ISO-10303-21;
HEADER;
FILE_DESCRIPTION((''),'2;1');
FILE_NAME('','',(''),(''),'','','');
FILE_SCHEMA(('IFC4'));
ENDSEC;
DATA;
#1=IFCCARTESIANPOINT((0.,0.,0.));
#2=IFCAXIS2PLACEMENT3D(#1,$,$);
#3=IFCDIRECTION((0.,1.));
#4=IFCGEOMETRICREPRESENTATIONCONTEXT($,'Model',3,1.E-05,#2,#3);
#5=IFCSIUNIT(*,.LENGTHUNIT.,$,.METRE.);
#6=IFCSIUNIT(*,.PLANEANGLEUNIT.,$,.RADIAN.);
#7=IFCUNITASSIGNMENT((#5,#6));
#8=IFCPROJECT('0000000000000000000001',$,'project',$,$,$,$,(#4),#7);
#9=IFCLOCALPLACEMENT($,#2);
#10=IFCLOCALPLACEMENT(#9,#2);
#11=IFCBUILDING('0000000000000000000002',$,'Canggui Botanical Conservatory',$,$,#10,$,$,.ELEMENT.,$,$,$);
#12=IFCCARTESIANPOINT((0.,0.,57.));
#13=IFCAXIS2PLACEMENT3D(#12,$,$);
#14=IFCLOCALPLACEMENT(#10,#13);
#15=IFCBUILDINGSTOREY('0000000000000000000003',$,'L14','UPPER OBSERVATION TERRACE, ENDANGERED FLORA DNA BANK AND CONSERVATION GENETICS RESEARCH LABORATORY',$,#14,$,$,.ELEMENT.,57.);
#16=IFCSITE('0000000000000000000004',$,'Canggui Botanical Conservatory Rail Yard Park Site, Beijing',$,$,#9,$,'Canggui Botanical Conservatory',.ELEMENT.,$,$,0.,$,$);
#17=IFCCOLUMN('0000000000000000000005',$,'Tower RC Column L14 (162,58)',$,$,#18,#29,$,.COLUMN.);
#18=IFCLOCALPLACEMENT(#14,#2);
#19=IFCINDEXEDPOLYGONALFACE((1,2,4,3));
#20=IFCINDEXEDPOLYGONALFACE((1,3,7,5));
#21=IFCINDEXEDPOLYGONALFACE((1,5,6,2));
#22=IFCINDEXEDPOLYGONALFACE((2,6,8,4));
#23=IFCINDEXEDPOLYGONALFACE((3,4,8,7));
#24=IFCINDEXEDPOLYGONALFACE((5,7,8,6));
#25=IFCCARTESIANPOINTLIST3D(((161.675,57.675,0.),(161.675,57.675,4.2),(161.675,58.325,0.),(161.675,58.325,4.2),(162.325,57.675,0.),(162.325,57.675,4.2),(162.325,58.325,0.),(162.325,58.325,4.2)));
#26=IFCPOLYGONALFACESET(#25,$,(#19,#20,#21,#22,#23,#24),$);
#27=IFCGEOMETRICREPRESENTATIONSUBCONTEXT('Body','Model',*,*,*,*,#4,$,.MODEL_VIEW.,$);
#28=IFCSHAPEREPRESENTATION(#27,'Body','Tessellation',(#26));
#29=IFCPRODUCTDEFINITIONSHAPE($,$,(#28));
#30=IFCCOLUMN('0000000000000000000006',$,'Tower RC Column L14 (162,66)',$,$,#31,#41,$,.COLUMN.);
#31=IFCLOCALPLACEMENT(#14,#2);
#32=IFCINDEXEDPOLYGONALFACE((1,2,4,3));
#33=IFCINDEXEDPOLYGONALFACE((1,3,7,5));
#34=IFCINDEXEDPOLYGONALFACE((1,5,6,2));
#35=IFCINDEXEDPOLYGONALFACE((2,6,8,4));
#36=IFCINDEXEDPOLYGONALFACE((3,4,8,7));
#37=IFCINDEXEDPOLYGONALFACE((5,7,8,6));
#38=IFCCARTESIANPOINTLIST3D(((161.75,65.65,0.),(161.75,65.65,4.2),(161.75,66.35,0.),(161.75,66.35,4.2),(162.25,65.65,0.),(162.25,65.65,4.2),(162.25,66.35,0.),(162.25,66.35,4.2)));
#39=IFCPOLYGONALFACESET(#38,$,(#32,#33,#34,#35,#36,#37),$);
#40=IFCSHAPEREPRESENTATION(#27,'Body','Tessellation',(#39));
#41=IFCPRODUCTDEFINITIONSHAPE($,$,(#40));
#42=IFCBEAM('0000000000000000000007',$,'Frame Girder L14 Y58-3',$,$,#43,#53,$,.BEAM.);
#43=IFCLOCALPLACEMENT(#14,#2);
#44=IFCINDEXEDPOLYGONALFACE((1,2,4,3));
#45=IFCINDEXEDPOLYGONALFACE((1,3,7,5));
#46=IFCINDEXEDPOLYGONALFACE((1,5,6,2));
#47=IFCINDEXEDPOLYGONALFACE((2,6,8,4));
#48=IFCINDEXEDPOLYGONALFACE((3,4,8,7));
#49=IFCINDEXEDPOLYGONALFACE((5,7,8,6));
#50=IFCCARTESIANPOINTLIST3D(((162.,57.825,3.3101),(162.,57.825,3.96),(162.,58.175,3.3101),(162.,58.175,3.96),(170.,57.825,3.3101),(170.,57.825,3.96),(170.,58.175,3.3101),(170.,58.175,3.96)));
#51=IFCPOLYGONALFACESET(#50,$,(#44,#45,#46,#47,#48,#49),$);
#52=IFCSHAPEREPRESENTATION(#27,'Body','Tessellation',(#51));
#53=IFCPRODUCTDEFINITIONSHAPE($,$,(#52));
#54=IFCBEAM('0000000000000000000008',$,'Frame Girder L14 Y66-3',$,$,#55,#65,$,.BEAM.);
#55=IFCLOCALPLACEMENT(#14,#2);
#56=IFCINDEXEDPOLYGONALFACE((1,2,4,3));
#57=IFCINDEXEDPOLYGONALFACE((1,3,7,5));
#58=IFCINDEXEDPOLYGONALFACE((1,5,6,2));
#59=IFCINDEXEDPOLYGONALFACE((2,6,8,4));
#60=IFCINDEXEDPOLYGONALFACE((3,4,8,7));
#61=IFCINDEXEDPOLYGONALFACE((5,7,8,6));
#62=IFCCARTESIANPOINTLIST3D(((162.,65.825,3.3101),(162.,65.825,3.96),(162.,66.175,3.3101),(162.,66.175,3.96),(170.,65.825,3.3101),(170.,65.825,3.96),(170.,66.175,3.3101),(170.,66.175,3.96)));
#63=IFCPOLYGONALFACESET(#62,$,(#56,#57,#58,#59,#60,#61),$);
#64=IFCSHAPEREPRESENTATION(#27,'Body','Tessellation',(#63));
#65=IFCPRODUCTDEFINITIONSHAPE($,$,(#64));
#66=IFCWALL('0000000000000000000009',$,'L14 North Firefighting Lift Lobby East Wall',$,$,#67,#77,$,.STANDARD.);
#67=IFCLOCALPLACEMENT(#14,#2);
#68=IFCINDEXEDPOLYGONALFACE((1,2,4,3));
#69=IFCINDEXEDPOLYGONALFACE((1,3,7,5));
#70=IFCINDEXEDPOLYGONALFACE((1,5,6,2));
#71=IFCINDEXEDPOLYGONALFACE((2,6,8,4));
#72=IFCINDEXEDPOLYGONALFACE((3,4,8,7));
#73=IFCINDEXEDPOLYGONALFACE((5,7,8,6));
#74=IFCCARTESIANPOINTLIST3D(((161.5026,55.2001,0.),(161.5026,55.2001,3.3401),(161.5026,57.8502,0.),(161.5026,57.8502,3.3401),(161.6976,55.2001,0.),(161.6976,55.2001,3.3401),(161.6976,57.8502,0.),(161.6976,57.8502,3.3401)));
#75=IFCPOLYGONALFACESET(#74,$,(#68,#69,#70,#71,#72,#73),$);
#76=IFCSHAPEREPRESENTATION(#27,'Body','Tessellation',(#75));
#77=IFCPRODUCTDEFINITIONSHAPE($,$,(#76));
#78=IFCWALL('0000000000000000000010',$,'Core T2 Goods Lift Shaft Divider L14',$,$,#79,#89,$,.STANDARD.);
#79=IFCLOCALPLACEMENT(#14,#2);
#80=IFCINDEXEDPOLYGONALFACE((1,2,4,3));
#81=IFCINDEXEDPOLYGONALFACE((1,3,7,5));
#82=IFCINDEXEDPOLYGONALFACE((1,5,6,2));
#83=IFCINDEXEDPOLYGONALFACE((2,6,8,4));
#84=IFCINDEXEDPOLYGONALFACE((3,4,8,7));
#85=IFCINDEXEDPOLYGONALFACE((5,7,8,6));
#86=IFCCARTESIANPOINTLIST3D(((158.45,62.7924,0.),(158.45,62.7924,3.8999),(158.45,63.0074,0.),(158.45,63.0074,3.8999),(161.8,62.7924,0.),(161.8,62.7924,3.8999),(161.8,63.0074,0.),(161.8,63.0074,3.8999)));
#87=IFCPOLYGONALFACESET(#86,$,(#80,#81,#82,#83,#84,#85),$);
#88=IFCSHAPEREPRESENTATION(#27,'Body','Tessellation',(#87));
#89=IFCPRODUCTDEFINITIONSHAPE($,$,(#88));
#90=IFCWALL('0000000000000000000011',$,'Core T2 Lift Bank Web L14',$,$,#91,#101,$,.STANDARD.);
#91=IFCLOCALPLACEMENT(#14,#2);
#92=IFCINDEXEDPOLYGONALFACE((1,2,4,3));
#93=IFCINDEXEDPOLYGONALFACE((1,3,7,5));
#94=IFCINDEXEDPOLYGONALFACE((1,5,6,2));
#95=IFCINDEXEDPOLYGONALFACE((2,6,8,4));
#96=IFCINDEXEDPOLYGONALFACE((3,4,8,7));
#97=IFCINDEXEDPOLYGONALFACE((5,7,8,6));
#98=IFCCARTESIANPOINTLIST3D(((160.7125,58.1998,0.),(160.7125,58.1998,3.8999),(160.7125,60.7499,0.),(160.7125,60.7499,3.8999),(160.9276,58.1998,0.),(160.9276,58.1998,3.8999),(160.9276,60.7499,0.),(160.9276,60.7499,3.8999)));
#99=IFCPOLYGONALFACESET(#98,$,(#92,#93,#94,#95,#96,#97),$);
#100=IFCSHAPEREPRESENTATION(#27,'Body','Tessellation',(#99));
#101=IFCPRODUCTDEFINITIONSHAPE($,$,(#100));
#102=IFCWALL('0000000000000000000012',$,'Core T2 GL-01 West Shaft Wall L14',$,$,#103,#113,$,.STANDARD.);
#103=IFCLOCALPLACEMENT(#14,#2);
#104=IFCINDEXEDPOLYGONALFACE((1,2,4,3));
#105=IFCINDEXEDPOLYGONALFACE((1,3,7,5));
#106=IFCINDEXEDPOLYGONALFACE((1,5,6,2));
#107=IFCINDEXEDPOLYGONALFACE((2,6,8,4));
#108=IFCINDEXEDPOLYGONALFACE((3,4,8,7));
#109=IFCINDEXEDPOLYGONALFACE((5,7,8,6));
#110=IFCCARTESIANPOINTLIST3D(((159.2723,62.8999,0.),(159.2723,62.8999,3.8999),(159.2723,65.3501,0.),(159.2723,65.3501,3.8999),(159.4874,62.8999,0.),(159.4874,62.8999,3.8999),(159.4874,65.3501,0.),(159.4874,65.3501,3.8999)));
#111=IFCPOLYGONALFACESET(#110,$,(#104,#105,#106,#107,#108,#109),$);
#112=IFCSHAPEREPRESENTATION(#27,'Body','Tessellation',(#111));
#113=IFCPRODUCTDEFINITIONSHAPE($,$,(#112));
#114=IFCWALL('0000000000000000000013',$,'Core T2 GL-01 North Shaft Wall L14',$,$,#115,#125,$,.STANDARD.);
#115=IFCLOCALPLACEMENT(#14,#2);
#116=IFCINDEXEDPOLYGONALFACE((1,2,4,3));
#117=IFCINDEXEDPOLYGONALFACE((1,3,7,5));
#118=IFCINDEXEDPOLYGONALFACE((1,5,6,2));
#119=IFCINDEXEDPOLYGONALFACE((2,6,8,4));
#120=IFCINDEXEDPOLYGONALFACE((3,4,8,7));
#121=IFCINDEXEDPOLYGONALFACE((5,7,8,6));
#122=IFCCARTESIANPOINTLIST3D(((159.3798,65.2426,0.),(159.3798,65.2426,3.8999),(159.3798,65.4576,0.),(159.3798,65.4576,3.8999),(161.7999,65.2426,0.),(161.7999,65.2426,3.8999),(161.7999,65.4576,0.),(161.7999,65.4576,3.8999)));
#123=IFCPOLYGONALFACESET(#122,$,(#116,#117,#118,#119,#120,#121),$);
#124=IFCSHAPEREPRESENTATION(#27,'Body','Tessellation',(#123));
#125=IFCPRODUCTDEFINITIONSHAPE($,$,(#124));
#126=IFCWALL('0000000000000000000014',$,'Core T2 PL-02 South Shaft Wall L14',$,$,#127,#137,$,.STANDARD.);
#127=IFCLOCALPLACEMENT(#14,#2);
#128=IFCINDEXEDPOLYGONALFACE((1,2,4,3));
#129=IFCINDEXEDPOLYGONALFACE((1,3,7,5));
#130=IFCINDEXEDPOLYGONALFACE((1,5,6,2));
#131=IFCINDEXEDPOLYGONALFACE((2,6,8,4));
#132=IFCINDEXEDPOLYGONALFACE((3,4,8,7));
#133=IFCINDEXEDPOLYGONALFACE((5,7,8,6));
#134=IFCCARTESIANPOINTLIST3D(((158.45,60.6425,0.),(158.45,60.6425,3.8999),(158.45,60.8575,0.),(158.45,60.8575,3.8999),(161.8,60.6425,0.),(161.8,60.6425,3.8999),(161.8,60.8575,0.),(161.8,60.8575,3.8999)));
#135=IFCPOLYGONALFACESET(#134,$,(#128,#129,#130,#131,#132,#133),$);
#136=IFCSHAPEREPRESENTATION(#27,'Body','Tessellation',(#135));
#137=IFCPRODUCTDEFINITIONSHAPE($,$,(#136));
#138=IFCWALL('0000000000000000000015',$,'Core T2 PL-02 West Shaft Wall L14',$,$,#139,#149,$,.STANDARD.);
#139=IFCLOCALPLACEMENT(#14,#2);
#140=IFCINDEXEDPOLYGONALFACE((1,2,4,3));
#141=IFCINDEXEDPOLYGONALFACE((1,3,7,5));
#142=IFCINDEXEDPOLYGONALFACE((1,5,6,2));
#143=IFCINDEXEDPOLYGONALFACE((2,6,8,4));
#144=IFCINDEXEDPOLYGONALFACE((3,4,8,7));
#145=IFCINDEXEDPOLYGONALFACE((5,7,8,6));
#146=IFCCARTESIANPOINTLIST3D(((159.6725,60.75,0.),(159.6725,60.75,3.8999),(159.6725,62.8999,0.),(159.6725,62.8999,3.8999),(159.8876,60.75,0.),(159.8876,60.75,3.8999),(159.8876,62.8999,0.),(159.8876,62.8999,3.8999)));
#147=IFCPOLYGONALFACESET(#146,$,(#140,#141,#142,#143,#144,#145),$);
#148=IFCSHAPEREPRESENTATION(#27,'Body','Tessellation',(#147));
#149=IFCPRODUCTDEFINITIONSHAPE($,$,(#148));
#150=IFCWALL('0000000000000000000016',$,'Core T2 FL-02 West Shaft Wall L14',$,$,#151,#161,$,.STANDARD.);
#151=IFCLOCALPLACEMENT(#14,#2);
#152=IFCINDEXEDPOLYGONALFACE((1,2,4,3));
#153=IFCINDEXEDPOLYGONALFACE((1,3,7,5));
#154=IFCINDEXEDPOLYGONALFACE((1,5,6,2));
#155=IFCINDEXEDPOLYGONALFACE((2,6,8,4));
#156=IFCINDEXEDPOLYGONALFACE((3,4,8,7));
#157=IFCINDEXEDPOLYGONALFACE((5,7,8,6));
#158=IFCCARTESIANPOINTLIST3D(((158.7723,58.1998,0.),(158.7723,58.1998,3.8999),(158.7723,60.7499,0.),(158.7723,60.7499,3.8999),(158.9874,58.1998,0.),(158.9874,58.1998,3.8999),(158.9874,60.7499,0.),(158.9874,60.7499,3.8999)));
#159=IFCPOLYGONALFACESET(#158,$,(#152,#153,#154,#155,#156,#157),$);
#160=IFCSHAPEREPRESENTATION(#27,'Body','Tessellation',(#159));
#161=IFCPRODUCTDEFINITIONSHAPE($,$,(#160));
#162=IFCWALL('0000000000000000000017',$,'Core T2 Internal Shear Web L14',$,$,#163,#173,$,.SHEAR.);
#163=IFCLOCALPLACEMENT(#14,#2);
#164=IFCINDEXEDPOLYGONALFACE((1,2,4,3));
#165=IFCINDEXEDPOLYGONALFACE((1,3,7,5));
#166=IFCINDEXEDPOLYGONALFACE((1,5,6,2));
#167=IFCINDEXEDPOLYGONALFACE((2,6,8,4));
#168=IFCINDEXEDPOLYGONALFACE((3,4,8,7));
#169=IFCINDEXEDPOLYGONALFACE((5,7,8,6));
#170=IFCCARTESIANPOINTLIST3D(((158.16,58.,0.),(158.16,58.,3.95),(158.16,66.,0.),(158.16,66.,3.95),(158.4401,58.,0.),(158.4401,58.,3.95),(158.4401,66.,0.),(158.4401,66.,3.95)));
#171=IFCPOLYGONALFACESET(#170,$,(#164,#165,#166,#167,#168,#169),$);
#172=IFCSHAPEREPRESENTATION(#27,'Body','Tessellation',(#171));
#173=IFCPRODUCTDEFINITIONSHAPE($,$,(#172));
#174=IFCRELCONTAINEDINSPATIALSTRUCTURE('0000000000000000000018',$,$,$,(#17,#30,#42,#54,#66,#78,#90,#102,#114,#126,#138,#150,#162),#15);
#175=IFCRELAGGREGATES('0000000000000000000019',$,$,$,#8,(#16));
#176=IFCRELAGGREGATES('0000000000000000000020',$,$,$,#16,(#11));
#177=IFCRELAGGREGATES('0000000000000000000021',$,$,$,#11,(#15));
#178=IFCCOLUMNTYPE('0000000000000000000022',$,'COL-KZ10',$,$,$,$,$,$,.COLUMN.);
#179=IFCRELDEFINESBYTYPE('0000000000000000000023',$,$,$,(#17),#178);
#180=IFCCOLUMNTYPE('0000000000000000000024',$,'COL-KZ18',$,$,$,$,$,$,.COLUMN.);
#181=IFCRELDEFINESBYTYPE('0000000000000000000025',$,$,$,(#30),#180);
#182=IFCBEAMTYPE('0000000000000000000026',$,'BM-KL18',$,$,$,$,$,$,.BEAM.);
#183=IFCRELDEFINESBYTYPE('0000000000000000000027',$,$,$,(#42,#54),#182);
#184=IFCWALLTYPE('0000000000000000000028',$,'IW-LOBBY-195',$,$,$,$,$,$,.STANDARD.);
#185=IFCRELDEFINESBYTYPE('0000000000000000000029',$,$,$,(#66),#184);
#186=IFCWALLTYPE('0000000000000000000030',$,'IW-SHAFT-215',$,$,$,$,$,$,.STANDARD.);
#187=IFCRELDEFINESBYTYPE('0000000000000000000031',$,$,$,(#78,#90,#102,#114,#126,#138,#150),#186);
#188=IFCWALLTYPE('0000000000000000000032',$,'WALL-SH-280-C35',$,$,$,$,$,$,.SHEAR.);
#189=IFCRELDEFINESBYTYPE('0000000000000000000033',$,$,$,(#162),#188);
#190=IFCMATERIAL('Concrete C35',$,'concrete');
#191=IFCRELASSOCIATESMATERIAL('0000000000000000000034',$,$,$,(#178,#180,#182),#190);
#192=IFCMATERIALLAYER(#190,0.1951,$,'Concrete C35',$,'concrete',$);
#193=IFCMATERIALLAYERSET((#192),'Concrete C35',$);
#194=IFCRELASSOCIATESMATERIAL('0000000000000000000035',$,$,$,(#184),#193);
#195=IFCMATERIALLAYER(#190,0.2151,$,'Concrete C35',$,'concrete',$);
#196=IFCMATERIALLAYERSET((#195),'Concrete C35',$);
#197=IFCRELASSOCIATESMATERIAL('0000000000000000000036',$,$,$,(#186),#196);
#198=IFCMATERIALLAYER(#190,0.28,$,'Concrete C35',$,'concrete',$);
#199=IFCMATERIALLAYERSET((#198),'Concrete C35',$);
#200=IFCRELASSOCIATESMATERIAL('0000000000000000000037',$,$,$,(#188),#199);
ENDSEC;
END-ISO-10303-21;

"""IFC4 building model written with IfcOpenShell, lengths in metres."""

from ifc_helpers import new_model, si_unit, direction, frame, frame_2d, origin, origin_2d, place, context, subcontext, project, spatial, rectangle, extrude, material, layer, layer_set, material_profile, profile_set, type_object, element, save


model = new_model("IFC4")

# Units and contexts
model_context = context("Model", 3, precision=1e-05, world=origin(), true_north=direction((0.0, 1.0)))
body_context = subcontext(model_context, "Body", "Model", "MODEL_VIEW")
ifc_project = project(units=[si_unit("LENGTHUNIT", "METRE"), si_unit("PLANEANGLEUNIT", "RADIAN")], contexts=[model_context])

# Site, building, storey
site_placement = place(None, origin())
site = spatial("IfcSite", under=ifc_project, at=site_placement, Name="Canggui Botanical Conservatory Rail Yard Park Site, Beijing", LongName="Canggui Botanical Conservatory", CompositionType="ELEMENT", RefElevation=0.0)
building_placement = place(site_placement, origin())
building = spatial("IfcBuilding", under=site, at=building_placement, Name="Canggui Botanical Conservatory", CompositionType="ELEMENT")
storey_placement = place(building_placement, frame((0.0, 0.0, 57.0)))
storey = spatial("IfcBuildingStorey", under=building, at=storey_placement, Name="L14", Description="UPPER OBSERVATION TERRACE, ENDANGERED FLORA DNA BANK AND CONSERVATION GENETICS RESEARCH LABORATORY", CompositionType="ELEMENT", Elevation=57.0)

# Columns
ifc_material_1 = material(Name="Concrete C35", Category="concrete")
ifc_material_profile_1 = material_profile(ifc_material_1, rectangle(XDim=0.6499, YDim=0.6499, at=origin_2d()), Name="RC 650x650")
ifc_profile_set_1 = profile_set([ifc_material_profile_1], Name="Concrete C35")
column_type_1 = type_object("IfcColumnType", Name="COL-KZ10", PredefinedType="COLUMN", material=ifc_profile_set_1)
column_1_placement = place(storey_placement, frame((162.0, 58.0, 0.0), z_axis=(0.0, 0.0, 1.0), x_axis=(1.0, 0.0, 0.0)))
element("IfcColumn", 1, at=column_1_placement, inside=storey, type_object=column_type_1, Name="Tower RC Column L14 (162,58)", PredefinedType="COLUMN", context=body_context, shape_type="SweptSolid", body=[
    extrude(rectangle(XDim=0.6499, YDim=0.6499, at=origin_2d()), origin(), (0.0, 0.0, 1.0), 4.2),
])
ifc_material_profile_2 = material_profile(ifc_material_1, rectangle(XDim=0.5, YDim=0.7, at=origin_2d()), Name="RC 500x700")
ifc_profile_set_2 = profile_set([ifc_material_profile_2], Name="Concrete C35")
column_type_2 = type_object("IfcColumnType", Name="COL-KZ18", PredefinedType="COLUMN", material=ifc_profile_set_2)
column_2_placement = place(storey_placement, frame((162.0, 66.0, 0.0), z_axis=(0.0, 0.0, 1.0), x_axis=(1.0, 0.0, 0.0)))
element("IfcColumn", 2, at=column_2_placement, inside=storey, type_object=column_type_2, Name="Tower RC Column L14 (162,66)", PredefinedType="COLUMN", context=body_context, shape_type="SweptSolid", body=[
    extrude(rectangle(XDim=0.5, YDim=0.7, at=origin_2d()), origin(), (0.0, 0.0, 1.0), 4.2),
])

# Beams
ifc_material_profile_3 = material_profile(ifc_material_1, rectangle(XDim=0.3501, YDim=0.6499, at=origin_2d()), Name="RB 350x650")
ifc_profile_set_3 = profile_set([ifc_material_profile_3], Name="Concrete C35")
beam_type = type_object("IfcBeamType", Name="BM-KL18", PredefinedType="BEAM", material=ifc_profile_set_3)
for number, where, z_axis, x_axis, name in (
    (3, (162.0, 58.0, 3.635), (1.0, 0.0, 0.0), (0.0, 1.0, 0.0), "Frame Girder L14 Y58-3"),
    (4, (162.0, 66.0, 3.635), (1.0, 0.0, 0.0), (0.0, 1.0, 0.0), "Frame Girder L14 Y66-3"),
):
    element("IfcBeam", number, at=place(storey_placement, frame(where, z_axis=z_axis, x_axis=x_axis)), inside=storey, type_object=beam_type, Name=name, PredefinedType="BEAM", context=body_context, shape_type="SweptSolid", body=[
        extrude(rectangle(XDim=0.3501, YDim=0.6499, at=origin_2d()), origin(), (0.0, 0.0, 1.0), 8.0),
    ])

# Walls
ifc_layer_1 = layer(ifc_material_1, 0.1951, Name="Concrete C35", Category="concrete")
ifc_layer_set_1 = layer_set([ifc_layer_1], Name="Concrete C35")
wall_type_1 = type_object("IfcWallType", Name="IW-LOBBY-195", PredefinedType="STANDARD", material=ifc_layer_set_1)
wall_1_placement = place(storey_placement, frame((161.6001, 55.2, 0.0), z_axis=(0.0, 0.0, 1.0), x_axis=(0.0, 1.0, 0.0)))
element("IfcWall", 5, at=wall_1_placement, inside=storey, type_object=wall_type_1, Name="L14 North Firefighting Lift Lobby East Wall", PredefinedType="STANDARD", context=body_context, shape_type="SweptSolid", body=[
    extrude(rectangle(XDim=2.6501, YDim=0.1951, at=frame_2d((1.3252, 0.0))), origin(), (0.0, 0.0, 1.0), 3.3401),
])
ifc_layer_2 = layer(ifc_material_1, 0.2151, Name="Concrete C35", Category="concrete")
ifc_layer_set_2 = layer_set([ifc_layer_2], Name="Concrete C35")
wall_type_2 = type_object("IfcWallType", Name="IW-SHAFT-215", PredefinedType="STANDARD", material=ifc_layer_set_2)
wall_2_placement = place(storey_placement, frame((158.45, 62.8999, 0.0), z_axis=(0.0, 0.0, 1.0), x_axis=(1.0, 0.0, 0.0)))
element("IfcWall", 6, at=wall_2_placement, inside=storey, type_object=wall_type_2, Name="Core T2 Goods Lift Shaft Divider L14", PredefinedType="STANDARD", context=body_context, shape_type="SweptSolid", body=[
    extrude(rectangle(XDim=3.3501, YDim=0.2151, at=frame_2d((1.675, 0.0))), origin(), (0.0, 0.0, 1.0), 3.8999),
])
wall_3_placement = place(storey_placement, frame((160.8201, 58.2, 0.0), z_axis=(0.0, 0.0, 1.0), x_axis=(0.0, 1.0, 0.0)))
element("IfcWall", 7, at=wall_3_placement, inside=storey, type_object=wall_type_2, Name="Core T2 Lift Bank Web L14", PredefinedType="STANDARD", context=body_context, shape_type="SweptSolid", body=[
    extrude(rectangle(XDim=2.55, YDim=0.2151, at=frame_2d((1.2749, 0.0))), origin(), (0.0, 0.0, 1.0), 3.8999),
])
wall_4_placement = place(storey_placement, frame((159.3799, 62.8999, 0.0), z_axis=(0.0, 0.0, 1.0), x_axis=(0.0, 1.0, 0.0)))
element("IfcWall", 8, at=wall_4_placement, inside=storey, type_object=wall_type_2, Name="Core T2 GL-01 West Shaft Wall L14", PredefinedType="STANDARD", context=body_context, shape_type="SweptSolid", body=[
    extrude(rectangle(XDim=2.4502, YDim=0.2151, at=frame_2d((1.2251, 0.0))), origin(), (0.0, 0.0, 1.0), 3.8999),
])
wall_5_placement = place(storey_placement, frame((159.3799, 65.3501, 0.0), z_axis=(0.0, 0.0, 1.0), x_axis=(1.0, 0.0, 0.0)))
element("IfcWall", 9, at=wall_5_placement, inside=storey, type_object=wall_type_2, Name="Core T2 GL-01 North Shaft Wall L14", PredefinedType="STANDARD", context=body_context, shape_type="SweptSolid", body=[
    extrude(rectangle(XDim=2.4202, YDim=0.2151, at=frame_2d((1.21, 0.0))), origin(), (0.0, 0.0, 1.0), 3.8999),
])
wall_6_placement = place(storey_placement, frame((158.45, 60.75, 0.0), z_axis=(0.0, 0.0, 1.0), x_axis=(1.0, 0.0, 0.0)))
element("IfcWall", 10, at=wall_6_placement, inside=storey, type_object=wall_type_2, Name="Core T2 PL-02 South Shaft Wall L14", PredefinedType="STANDARD", context=body_context, shape_type="SweptSolid", body=[
    extrude(rectangle(XDim=3.3501, YDim=0.2151, at=frame_2d((1.675, 0.0))), origin(), (0.0, 0.0, 1.0), 3.8999),
])
wall_7_placement = place(storey_placement, frame((159.78, 60.75, 0.0), z_axis=(0.0, 0.0, 1.0), x_axis=(0.0, 1.0, 0.0)))
element("IfcWall", 11, at=wall_7_placement, inside=storey, type_object=wall_type_2, Name="Core T2 PL-02 West Shaft Wall L14", PredefinedType="STANDARD", context=body_context, shape_type="SweptSolid", body=[
    extrude(rectangle(XDim=2.1499, YDim=0.2151, at=frame_2d((1.075, 0.0))), origin(), (0.0, 0.0, 1.0), 3.8999),
])
wall_8_placement = place(storey_placement, frame((158.8799, 58.2, 0.0), z_axis=(0.0, 0.0, 1.0), x_axis=(0.0, 1.0, 0.0)))
element("IfcWall", 12, at=wall_8_placement, inside=storey, type_object=wall_type_2, Name="Core T2 FL-02 West Shaft Wall L14", PredefinedType="STANDARD", context=body_context, shape_type="SweptSolid", body=[
    extrude(rectangle(XDim=2.55, YDim=0.2151, at=frame_2d((1.2749, 0.0))), origin(), (0.0, 0.0, 1.0), 3.8999),
])
ifc_layer_3 = layer(ifc_material_1, 0.28, Name="Concrete C35", Category="concrete")
ifc_layer_set_3 = layer_set([ifc_layer_3], Name="Concrete C35")
wall_type_3 = type_object("IfcWallType", Name="WALL-SH-280-C35", PredefinedType="SHEAR", material=ifc_layer_set_3)
wall_9_placement = place(storey_placement, frame((158.3, 58.0, 0.0), z_axis=(0.0, 0.0, 1.0), x_axis=(0.0, 1.0, 0.0)))
element("IfcWall", 13, at=wall_9_placement, inside=storey, type_object=wall_type_3, Name="Core T2 Internal Shear Web L14", PredefinedType="SHEAR", context=body_context, shape_type="SweptSolid", body=[
    extrude(rectangle(XDim=8.0, YDim=0.28, at=frame_2d((4.0, 0.0))), origin(), (0.0, 0.0, 1.0), 3.95),
])

save(model, "model.ifc")
